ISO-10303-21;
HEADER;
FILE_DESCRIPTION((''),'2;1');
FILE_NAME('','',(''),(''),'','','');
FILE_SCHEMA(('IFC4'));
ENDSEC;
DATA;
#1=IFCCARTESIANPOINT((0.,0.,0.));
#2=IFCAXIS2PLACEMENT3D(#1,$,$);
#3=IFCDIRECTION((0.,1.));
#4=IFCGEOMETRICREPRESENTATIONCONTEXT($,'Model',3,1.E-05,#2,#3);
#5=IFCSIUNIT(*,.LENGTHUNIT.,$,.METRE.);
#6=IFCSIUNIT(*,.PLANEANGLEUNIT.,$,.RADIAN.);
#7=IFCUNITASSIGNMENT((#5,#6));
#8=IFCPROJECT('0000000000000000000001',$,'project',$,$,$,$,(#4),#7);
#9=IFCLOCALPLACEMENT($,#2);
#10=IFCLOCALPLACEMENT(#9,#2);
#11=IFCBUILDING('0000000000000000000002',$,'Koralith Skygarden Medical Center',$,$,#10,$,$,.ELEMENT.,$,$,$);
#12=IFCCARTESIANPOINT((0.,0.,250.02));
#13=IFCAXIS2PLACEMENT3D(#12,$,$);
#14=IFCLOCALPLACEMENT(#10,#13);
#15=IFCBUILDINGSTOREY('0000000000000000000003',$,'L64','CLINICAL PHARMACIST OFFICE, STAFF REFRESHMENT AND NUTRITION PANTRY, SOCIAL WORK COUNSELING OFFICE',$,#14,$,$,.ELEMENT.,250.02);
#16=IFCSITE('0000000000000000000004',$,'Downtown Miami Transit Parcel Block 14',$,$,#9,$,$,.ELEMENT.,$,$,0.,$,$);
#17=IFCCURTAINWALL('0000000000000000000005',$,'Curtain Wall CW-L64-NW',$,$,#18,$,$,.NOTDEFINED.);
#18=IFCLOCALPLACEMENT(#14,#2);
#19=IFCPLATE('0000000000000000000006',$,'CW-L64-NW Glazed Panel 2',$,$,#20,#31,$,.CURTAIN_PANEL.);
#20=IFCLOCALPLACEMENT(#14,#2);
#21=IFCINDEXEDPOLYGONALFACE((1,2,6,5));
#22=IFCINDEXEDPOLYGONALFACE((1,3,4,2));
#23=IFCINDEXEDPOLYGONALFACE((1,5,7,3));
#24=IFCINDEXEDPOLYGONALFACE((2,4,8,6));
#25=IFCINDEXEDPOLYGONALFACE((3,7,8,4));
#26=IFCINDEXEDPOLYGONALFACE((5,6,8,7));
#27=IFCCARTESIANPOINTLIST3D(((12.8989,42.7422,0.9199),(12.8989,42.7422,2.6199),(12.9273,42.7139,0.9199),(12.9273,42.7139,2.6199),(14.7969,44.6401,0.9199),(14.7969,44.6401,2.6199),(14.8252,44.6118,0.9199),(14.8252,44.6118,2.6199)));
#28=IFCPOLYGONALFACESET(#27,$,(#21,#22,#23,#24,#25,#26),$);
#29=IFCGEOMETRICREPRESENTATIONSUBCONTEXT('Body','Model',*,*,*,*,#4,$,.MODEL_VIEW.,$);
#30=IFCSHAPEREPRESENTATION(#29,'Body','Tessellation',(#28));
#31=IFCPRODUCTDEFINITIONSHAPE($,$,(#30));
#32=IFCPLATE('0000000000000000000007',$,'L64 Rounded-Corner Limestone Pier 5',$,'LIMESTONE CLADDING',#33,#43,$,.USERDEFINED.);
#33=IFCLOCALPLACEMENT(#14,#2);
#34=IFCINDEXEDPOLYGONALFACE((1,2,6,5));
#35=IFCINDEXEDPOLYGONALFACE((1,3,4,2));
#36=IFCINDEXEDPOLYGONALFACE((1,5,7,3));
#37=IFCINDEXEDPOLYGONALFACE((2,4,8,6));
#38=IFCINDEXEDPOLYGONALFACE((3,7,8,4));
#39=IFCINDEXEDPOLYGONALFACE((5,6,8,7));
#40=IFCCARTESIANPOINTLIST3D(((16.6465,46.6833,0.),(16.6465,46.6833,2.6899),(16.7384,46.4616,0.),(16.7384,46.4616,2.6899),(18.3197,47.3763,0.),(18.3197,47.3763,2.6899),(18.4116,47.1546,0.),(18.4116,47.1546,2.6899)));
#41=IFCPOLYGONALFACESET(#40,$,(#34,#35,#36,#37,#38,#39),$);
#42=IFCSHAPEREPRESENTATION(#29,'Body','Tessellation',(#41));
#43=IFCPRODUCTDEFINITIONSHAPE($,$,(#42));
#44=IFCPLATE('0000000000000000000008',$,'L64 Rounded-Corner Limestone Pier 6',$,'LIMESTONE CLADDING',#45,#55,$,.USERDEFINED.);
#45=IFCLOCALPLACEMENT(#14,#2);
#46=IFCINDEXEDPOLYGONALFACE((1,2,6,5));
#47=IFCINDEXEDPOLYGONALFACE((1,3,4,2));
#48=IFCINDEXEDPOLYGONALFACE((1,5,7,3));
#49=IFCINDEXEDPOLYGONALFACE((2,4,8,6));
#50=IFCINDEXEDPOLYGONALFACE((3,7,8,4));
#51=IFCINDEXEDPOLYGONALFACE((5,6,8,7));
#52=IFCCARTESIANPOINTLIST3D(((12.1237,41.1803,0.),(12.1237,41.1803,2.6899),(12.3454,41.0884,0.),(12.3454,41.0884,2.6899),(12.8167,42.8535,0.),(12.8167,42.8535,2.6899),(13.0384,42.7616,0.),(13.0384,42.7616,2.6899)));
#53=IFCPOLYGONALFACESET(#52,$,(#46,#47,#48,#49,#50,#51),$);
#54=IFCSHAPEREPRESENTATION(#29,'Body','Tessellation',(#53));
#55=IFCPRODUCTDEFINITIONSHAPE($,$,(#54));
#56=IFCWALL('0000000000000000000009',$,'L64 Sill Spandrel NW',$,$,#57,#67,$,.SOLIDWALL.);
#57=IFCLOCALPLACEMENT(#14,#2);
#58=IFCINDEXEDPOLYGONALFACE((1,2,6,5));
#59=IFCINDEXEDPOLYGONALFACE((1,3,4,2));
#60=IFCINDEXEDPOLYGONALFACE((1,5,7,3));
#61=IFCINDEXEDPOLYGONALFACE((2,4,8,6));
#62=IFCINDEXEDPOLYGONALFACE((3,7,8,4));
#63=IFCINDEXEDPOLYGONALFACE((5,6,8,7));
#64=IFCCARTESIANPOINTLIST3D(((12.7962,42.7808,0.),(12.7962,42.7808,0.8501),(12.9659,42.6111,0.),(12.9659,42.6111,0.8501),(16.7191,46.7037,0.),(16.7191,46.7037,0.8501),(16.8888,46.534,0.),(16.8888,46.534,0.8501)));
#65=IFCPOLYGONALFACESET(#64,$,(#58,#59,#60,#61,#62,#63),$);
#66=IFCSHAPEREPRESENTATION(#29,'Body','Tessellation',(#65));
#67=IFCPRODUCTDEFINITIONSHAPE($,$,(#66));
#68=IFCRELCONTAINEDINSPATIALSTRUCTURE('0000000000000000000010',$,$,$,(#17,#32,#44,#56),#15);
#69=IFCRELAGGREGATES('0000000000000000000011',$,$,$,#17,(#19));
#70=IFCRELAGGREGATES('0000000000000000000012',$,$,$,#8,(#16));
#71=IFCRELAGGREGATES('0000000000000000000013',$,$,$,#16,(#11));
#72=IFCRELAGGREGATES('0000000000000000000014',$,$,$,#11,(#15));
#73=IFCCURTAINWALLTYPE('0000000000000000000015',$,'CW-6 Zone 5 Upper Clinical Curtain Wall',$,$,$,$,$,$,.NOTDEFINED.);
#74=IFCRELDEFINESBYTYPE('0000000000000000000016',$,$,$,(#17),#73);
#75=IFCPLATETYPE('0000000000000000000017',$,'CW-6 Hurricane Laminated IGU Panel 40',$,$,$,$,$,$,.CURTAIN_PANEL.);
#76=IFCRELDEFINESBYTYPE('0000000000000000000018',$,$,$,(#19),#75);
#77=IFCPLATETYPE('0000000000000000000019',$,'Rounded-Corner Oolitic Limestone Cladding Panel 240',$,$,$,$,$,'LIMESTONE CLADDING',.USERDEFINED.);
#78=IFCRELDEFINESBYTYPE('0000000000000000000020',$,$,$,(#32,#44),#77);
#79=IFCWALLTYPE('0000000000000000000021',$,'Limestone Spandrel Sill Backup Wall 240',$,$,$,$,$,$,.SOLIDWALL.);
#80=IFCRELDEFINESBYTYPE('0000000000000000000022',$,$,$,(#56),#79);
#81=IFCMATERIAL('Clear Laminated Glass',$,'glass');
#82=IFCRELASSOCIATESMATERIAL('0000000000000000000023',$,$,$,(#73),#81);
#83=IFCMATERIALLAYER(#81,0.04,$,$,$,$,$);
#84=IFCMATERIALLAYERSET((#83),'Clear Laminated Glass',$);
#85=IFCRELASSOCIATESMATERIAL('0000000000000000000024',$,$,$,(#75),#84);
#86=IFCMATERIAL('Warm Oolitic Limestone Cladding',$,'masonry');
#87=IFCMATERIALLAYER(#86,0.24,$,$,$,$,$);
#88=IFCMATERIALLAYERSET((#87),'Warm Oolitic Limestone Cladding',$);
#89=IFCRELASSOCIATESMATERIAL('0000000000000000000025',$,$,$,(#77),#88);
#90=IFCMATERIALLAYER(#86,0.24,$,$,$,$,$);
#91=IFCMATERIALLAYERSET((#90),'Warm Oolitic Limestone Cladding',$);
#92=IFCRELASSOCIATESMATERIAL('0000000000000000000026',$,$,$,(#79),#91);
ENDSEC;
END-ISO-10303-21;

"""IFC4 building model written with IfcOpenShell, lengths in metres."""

from ifc_helpers import new_model, si_unit, direction, frame, frame_2d, origin, origin_2d, place, context, subcontext, project, spatial, rectangle, extrude, material, layer, layer_set, type_object, element, aggregate, save


model = new_model("IFC4")

# Units and contexts
model_context = context("Model", 3, precision=1e-05, world=origin(), true_north=direction((0.0, 1.0)))
body_context = subcontext(model_context, "Body", "Model", "MODEL_VIEW")
ifc_project = project(units=[si_unit("LENGTHUNIT", "METRE"), si_unit("PLANEANGLEUNIT", "RADIAN")], contexts=[model_context])

# Site, building, storey
site_placement = place(None, origin())
site = spatial("IfcSite", under=ifc_project, at=site_placement, Name="Downtown Miami Transit Parcel Block 14", CompositionType="ELEMENT", RefElevation=0.0)
building_placement = place(site_placement, origin())
building = spatial("IfcBuilding", under=site, at=building_placement, Name="Koralith Skygarden Medical Center", CompositionType="ELEMENT")
storey_placement = place(building_placement, frame((0.0, 0.0, 250.02)))
storey = spatial("IfcBuildingStorey", under=building, at=storey_placement, Name="L64", Description="CLINICAL PHARMACIST OFFICE, STAFF REFRESHMENT AND NUTRITION PANTRY, SOCIAL WORK COUNSELING OFFICE", CompositionType="ELEMENT", Elevation=250.02)

# Shared definitions
ifc_material_1 = material(Name="Clear Laminated Glass", Category="glass")
curtain_wall_type = type_object("IfcCurtainWallType", Name="CW-6 Zone 5 Upper Clinical Curtain Wall", PredefinedType="NOTDEFINED", material=ifc_material_1)

# Curtain wall
curtain_wall_1_placement = place(storey_placement, origin())
curtain_wall_1 = element("IfcCurtainWall", 1, at=curtain_wall_1_placement, inside=storey, type_object=curtain_wall_type, Name="Curtain Wall CW-L64-NW", PredefinedType="NOTDEFINED")

# Plate
ifc_layer_1 = layer(ifc_material_1, 0.04)
ifc_layer_set_1 = layer_set([ifc_layer_1], Name="Clear Laminated Glass")
plate_type_1 = type_object("IfcPlateType", Name="CW-6 Hurricane Laminated IGU Panel 40", PredefinedType="CURTAIN_PANEL", material=ifc_layer_set_1)
plate_1_placement = place(storey_placement, frame((13.8621, 43.677, 0.9199), z_axis=(0.0, 0.0, 1.0), x_axis=(-0.707107, -0.707107, 0.0)))
plate_1 = element("IfcPlate", 2, at=plate_1_placement, type_object=plate_type_1, Name="CW-L64-NW Glazed Panel 2", PredefinedType="CURTAIN_PANEL", context=body_context, shape_type="SweptSolid", body=[
    extrude(rectangle(XDim=2.6841, YDim=0.04, at=origin_2d()), origin(), (0.0, 0.0, 1.0), 1.7),
])
aggregate(curtain_wall_1, [plate_1])

# Plates
ifc_material_2 = material(Name="Warm Oolitic Limestone Cladding", Category="masonry")
ifc_layer_2 = layer(ifc_material_2, 0.24)
ifc_layer_set_2 = layer_set([ifc_layer_2], Name="Warm Oolitic Limestone Cladding")
plate_type_2 = type_object("IfcPlateType", Name="Rounded-Corner Oolitic Limestone Cladding Panel 240", ElementType="LIMESTONE CLADDING", PredefinedType="USERDEFINED", material=ifc_layer_set_2)
for number, where, z_axis, x_axis, name in (
    (3, (17.5291, 46.9189, 0.0), (0.0, 0.0, 1.0), (-0.923885, -0.382671, 0.0), "L64 Rounded-Corner Limestone Pier 5"),
    (4, (12.5811, 41.9709, 0.0), (0.0, 0.0, 1.0), (-0.382671, -0.923885, 0.0), "L64 Rounded-Corner Limestone Pier 6"),
):
    element("IfcPlate", number, at=place(storey_placement, frame(where, z_axis=z_axis, x_axis=x_axis)), inside=storey, type_object=plate_type_2, Name=name, ObjectType="LIMESTONE CLADDING", PredefinedType="USERDEFINED", context=body_context, shape_type="SweptSolid", body=[
        extrude(rectangle(XDim=1.811, YDim=0.24, at=origin_2d()), origin(), (0.0, 0.0, 1.0), 2.6899),
    ])

# Wall
ifc_layer_3 = layer(ifc_material_2, 0.24)
ifc_layer_set_3 = layer_set([ifc_layer_3], Name="Warm Oolitic Limestone Cladding")
wall_type = type_object("IfcWallType", Name="Limestone Spandrel Sill Backup Wall 240", PredefinedType="SOLIDWALL", material=ifc_layer_set_3)
wall_placement = place(storey_placement, frame((16.804, 46.6189, 0.0), z_axis=(0.0, 0.0, 1.0), x_axis=(-0.707107, -0.707107, 0.0)))
element("IfcWall", 5, at=wall_placement, inside=storey, type_object=wall_type, Name="L64 Sill Spandrel NW", PredefinedType="SOLIDWALL", context=body_context, shape_type="SweptSolid", body=[
    extrude(rectangle(XDim=5.5479, YDim=0.24, at=frame_2d((2.7739, 0.0))), origin(), (0.0, 0.0, 1.0), 0.8501),
])

save(model, "model.ifc")
